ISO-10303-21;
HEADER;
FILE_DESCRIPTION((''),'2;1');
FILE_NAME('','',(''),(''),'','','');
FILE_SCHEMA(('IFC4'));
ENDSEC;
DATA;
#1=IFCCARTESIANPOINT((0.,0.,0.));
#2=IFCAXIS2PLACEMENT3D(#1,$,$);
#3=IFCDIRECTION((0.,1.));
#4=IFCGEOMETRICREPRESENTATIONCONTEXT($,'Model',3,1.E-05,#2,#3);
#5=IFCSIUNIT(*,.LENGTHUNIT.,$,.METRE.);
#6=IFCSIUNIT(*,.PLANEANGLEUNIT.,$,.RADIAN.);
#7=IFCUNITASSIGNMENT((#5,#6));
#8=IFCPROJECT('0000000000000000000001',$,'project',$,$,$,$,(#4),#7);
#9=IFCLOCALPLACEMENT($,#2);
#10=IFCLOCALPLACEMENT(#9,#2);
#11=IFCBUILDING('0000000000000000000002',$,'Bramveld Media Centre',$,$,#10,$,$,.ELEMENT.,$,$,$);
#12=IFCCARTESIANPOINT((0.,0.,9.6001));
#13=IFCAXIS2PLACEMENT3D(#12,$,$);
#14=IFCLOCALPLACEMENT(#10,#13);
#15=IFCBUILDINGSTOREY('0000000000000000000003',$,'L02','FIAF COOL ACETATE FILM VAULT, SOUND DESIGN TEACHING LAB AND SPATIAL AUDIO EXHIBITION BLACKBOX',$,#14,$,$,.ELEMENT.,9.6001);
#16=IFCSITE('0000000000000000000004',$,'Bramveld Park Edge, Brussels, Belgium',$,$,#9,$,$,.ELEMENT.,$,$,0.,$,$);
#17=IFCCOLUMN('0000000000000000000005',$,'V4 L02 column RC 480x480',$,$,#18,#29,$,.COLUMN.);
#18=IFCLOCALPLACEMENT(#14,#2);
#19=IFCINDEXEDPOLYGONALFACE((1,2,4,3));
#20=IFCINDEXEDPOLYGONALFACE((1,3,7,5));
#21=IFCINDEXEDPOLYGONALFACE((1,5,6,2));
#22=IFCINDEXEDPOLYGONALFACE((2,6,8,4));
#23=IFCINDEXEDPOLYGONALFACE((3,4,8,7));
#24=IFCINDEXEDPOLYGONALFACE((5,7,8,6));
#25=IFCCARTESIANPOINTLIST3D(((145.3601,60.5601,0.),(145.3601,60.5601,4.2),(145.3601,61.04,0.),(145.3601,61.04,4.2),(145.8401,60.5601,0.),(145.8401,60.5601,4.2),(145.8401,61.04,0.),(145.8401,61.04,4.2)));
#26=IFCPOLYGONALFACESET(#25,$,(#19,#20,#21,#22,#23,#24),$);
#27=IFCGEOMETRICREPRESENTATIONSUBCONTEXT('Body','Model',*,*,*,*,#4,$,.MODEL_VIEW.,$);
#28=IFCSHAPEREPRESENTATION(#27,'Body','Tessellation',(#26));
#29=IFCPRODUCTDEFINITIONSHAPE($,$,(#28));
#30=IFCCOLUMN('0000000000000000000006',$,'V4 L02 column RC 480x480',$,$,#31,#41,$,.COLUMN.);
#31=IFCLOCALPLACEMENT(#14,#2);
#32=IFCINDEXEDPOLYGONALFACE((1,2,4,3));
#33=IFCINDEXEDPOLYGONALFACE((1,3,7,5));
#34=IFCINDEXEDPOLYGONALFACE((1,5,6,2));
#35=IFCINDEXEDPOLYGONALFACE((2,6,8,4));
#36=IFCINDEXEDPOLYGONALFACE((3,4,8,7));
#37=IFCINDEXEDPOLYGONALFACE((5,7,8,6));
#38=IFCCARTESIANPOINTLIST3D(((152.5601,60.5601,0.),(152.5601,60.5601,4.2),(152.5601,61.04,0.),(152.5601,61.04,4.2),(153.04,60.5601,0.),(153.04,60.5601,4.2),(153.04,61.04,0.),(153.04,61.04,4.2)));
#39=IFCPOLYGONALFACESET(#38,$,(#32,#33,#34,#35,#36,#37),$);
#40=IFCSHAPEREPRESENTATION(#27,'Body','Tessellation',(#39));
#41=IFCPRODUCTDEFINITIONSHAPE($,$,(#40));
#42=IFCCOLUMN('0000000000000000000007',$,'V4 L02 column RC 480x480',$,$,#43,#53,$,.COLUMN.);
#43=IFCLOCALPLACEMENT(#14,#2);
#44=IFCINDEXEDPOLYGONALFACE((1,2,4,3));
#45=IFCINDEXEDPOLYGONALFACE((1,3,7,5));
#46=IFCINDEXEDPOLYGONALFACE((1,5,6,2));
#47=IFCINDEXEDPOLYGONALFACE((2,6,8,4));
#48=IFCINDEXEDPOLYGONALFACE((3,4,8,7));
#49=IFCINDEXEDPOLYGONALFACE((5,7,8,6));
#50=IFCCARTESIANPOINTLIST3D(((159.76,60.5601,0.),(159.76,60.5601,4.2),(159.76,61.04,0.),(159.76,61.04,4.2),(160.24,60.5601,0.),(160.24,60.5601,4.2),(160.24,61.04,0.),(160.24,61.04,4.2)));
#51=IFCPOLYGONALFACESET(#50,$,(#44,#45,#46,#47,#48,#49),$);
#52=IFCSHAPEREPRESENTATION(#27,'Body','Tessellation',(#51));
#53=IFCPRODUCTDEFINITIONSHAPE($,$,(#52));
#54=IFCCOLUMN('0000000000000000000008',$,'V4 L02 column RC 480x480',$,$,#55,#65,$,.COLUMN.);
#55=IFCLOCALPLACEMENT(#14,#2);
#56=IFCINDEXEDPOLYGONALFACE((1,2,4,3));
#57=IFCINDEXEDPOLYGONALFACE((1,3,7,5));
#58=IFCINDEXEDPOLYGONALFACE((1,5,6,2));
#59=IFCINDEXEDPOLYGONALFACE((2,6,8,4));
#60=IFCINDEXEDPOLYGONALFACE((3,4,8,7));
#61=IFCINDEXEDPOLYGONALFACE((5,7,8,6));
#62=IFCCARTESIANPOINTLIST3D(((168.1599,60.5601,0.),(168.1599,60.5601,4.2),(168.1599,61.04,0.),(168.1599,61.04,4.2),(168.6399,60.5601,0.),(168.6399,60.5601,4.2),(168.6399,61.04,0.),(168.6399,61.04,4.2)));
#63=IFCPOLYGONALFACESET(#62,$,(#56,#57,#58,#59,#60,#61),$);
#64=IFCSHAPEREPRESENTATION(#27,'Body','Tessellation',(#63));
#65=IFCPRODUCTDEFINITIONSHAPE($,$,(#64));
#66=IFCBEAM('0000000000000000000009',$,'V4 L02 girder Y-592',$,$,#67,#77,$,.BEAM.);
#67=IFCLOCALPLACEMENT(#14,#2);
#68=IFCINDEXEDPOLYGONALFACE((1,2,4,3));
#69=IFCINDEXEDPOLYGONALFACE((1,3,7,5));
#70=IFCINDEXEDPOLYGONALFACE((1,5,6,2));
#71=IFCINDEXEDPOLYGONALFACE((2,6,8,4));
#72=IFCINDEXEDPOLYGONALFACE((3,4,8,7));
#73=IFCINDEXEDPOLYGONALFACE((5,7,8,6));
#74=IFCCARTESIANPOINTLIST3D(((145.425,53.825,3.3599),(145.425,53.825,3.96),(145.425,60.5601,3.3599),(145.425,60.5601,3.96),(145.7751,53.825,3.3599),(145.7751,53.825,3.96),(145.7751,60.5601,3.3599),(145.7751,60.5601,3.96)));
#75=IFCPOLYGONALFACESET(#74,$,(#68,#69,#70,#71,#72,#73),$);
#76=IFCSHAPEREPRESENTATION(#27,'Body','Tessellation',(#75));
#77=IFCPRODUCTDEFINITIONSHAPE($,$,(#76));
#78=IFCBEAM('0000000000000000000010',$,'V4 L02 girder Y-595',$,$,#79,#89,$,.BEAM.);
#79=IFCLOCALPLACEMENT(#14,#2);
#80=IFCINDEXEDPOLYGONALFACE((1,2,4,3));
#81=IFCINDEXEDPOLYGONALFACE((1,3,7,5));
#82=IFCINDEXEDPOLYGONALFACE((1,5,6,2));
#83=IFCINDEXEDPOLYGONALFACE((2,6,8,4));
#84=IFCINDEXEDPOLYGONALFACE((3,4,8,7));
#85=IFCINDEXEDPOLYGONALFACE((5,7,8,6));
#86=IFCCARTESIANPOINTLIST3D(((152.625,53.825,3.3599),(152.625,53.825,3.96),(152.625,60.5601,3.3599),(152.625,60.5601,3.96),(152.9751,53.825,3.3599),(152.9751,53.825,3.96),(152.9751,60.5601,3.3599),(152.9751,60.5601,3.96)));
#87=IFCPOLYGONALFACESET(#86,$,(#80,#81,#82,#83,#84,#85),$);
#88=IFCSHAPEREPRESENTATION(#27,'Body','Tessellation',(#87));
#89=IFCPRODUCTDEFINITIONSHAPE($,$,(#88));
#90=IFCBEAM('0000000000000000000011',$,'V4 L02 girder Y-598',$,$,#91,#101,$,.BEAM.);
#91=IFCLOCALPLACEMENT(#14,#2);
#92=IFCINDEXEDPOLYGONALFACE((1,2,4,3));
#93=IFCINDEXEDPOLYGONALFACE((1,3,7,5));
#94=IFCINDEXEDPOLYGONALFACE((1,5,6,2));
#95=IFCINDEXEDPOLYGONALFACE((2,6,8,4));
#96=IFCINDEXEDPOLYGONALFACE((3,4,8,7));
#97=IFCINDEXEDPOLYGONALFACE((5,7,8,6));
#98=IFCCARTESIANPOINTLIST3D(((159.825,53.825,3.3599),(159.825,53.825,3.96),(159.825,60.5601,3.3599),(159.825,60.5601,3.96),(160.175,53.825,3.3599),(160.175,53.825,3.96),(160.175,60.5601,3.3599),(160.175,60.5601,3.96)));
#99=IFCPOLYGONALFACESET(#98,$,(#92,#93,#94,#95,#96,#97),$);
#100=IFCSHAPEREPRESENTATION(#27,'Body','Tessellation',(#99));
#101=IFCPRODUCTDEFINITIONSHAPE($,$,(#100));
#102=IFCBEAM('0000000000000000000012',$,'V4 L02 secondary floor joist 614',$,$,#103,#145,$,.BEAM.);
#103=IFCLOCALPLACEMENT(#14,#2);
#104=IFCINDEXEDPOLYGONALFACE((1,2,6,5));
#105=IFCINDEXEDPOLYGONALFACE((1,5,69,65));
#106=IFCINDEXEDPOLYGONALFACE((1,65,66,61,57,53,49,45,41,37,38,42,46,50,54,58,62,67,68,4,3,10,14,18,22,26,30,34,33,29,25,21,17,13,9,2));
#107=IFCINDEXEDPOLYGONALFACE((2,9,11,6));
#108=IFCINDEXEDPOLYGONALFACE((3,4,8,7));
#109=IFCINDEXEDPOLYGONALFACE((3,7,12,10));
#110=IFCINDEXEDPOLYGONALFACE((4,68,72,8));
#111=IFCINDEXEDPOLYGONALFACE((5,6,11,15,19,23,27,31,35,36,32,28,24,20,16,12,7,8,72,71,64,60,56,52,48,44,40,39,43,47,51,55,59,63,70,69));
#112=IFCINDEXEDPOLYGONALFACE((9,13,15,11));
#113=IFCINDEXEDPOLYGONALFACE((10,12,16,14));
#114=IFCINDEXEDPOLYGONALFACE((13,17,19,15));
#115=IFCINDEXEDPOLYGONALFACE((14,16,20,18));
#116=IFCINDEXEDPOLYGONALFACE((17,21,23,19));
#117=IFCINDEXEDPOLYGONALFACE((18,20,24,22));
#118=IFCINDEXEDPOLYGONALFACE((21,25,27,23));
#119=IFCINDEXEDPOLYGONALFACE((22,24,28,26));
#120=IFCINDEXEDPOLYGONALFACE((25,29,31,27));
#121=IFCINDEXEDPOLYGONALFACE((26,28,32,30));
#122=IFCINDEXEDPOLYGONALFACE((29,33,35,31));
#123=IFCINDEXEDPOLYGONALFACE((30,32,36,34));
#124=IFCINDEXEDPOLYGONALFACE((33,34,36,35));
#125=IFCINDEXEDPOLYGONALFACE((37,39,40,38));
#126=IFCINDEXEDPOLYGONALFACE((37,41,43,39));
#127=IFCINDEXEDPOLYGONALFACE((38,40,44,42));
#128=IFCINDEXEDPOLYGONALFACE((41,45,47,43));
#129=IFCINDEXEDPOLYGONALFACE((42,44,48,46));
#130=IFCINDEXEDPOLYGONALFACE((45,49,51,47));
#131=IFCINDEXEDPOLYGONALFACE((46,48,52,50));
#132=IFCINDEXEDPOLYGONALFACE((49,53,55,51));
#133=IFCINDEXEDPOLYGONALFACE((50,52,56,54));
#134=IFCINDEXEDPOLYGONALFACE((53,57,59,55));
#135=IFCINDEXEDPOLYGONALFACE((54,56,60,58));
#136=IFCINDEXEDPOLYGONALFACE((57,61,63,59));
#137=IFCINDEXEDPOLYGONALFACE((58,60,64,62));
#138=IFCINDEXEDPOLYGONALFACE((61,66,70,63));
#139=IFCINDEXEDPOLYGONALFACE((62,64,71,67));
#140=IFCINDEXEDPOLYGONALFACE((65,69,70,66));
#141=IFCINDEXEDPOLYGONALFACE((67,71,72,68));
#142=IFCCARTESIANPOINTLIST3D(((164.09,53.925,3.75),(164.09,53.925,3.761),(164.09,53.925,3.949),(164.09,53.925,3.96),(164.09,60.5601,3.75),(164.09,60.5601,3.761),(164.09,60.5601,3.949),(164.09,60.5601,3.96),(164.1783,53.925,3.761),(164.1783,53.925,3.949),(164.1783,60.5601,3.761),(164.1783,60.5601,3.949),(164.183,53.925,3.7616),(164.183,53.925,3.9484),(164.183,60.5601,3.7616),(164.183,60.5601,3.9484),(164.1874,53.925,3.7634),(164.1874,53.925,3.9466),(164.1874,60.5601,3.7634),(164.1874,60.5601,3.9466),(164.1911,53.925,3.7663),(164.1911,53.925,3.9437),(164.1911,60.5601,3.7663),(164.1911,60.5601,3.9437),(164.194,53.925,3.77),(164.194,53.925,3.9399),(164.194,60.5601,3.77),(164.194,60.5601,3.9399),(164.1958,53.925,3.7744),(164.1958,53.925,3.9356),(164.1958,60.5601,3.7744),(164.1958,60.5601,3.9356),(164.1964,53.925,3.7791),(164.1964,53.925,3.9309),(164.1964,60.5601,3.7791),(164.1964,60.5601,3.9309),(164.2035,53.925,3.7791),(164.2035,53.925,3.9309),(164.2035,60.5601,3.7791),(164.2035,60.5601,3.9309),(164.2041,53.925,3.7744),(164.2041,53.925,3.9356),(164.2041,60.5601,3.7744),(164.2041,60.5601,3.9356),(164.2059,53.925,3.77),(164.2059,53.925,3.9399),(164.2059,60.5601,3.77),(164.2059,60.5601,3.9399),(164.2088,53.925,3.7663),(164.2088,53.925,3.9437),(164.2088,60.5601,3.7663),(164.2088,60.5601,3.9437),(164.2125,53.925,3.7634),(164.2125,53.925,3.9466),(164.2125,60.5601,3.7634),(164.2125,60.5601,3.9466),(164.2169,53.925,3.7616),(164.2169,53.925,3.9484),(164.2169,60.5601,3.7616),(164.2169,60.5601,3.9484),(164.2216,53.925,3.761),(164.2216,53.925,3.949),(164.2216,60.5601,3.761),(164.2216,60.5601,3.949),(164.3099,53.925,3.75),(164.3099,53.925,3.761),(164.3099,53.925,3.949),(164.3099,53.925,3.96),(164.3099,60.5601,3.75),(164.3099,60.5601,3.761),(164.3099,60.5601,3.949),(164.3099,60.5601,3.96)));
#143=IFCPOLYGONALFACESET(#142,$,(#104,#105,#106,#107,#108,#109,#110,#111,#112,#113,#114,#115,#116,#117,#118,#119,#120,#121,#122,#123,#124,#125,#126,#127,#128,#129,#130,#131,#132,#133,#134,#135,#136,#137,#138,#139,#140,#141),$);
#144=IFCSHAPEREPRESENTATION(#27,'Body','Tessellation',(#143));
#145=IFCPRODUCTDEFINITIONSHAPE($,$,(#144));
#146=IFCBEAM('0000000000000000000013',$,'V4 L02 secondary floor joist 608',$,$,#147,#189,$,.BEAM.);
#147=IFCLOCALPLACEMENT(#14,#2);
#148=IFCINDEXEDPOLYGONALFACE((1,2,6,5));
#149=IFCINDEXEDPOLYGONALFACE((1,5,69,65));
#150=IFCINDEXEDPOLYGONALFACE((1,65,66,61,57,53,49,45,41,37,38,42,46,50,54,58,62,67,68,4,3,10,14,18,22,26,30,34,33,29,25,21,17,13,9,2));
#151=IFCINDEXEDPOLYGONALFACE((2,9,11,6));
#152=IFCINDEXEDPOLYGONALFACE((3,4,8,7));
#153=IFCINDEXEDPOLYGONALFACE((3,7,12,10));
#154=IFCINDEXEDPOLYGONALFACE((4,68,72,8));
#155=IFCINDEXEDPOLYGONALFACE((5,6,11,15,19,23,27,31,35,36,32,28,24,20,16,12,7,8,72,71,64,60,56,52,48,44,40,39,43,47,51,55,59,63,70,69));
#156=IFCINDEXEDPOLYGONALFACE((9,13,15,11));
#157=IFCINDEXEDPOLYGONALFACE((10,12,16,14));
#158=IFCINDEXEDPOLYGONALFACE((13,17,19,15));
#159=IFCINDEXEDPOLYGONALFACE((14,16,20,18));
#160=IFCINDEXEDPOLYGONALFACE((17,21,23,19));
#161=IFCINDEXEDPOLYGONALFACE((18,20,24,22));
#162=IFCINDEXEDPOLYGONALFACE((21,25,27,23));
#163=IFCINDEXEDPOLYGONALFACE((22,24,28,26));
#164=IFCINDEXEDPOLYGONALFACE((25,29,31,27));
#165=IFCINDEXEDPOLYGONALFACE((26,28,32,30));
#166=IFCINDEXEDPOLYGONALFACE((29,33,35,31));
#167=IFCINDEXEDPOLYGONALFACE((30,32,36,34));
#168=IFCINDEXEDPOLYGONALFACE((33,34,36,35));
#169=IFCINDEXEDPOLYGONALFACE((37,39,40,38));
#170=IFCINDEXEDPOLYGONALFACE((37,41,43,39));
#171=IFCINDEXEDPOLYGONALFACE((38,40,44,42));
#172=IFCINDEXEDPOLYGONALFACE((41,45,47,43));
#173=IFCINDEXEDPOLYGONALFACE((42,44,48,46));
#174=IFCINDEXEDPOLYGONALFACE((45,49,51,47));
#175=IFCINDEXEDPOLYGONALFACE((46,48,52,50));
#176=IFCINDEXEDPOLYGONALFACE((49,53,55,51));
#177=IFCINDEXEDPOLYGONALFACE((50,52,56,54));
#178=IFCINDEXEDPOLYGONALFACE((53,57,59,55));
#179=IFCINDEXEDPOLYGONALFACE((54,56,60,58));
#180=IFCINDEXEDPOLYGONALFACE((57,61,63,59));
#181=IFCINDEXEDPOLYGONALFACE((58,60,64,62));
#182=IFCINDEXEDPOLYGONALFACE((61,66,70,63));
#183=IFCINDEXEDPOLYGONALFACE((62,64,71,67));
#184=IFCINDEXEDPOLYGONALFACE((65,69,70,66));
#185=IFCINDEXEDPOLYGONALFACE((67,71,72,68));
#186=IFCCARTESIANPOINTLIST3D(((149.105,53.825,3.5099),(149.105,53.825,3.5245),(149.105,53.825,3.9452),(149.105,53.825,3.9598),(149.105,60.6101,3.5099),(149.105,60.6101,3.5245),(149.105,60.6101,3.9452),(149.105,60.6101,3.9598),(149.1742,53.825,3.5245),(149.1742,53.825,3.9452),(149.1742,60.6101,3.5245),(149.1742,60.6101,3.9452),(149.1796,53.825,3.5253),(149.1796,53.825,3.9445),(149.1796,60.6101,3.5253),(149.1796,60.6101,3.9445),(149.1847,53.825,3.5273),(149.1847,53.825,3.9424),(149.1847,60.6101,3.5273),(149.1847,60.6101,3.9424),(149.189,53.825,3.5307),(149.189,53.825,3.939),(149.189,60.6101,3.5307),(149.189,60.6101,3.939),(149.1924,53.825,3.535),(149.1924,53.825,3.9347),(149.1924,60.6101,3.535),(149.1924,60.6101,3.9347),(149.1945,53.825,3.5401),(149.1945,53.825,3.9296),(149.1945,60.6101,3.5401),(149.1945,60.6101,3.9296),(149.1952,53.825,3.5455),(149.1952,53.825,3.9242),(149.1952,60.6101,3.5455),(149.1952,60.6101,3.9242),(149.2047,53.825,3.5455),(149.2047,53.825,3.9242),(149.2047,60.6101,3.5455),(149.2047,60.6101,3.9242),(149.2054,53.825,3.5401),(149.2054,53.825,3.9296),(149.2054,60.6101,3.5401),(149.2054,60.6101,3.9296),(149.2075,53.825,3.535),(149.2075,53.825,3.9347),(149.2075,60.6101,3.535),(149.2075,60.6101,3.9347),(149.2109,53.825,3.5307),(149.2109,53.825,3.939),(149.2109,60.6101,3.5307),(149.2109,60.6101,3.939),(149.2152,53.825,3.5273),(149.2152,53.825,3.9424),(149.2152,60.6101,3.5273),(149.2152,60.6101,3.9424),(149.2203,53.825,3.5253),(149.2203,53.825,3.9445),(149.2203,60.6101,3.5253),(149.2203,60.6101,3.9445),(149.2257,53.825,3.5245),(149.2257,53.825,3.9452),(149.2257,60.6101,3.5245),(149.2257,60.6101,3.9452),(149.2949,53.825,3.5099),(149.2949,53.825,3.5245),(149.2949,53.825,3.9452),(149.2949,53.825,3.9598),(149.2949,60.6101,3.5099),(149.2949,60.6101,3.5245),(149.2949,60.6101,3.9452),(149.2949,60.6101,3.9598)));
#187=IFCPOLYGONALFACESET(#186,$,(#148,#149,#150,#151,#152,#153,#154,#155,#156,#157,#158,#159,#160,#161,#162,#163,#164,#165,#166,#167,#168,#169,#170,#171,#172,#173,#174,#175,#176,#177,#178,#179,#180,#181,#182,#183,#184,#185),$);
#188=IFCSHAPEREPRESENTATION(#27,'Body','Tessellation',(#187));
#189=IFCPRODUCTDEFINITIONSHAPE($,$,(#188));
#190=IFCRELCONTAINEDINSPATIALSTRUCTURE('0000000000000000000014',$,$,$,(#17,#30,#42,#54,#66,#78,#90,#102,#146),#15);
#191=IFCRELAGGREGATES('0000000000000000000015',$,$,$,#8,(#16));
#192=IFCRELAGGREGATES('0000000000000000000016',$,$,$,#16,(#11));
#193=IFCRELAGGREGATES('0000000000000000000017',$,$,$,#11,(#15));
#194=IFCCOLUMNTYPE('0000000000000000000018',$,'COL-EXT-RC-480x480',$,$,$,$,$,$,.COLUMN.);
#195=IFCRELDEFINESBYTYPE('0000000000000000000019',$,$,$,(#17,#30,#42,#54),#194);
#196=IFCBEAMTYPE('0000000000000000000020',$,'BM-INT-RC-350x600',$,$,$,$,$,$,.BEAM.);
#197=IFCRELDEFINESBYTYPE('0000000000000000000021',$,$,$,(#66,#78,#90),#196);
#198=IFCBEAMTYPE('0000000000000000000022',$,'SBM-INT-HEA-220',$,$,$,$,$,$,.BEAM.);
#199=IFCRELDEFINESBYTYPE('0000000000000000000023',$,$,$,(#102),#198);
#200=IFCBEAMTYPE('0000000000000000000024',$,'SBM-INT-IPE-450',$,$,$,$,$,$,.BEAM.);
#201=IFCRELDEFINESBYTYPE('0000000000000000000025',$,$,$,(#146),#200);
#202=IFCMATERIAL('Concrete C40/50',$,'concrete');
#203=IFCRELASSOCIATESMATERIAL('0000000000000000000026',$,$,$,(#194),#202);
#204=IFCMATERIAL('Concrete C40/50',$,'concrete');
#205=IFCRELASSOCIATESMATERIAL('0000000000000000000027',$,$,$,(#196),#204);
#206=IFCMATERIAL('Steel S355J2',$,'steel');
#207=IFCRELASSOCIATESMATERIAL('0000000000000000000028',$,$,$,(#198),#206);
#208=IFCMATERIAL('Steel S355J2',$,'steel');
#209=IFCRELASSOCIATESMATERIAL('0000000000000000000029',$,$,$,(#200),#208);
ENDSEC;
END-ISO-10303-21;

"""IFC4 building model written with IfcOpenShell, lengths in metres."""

from ifc_helpers import new_model, si_unit, direction, frame, origin, origin_2d, place, context, subcontext, project, spatial, rectangle, i_section, extrude, material, material_profile, profile_set, type_object, element, save


model = new_model("IFC4")

# Units and contexts
model_context = context("Model", 3, precision=1e-05, world=origin(), true_north=direction((0.0, 1.0)))
body_context = subcontext(model_context, "Body", "Model", "MODEL_VIEW")
ifc_project = project(units=[si_unit("LENGTHUNIT", "METRE"), si_unit("PLANEANGLEUNIT", "RADIAN")], contexts=[model_context])

# Site, building, storey
site_placement = place(None, origin())
site = spatial("IfcSite", under=ifc_project, at=site_placement, Name="Bramveld Park Edge, Brussels, Belgium", CompositionType="ELEMENT", RefElevation=0.0)
building_placement = place(site_placement, origin())
building = spatial("IfcBuilding", under=site, at=building_placement, Name="Bramveld Media Centre", CompositionType="ELEMENT")
storey_placement = place(building_placement, frame((0.0, 0.0, 9.6001)))
storey = spatial("IfcBuildingStorey", under=building, at=storey_placement, Name="L02", Description="FIAF COOL ACETATE FILM VAULT, SOUND DESIGN TEACHING LAB AND SPATIAL AUDIO EXHIBITION BLACKBOX", CompositionType="ELEMENT", Elevation=9.6001)

# Columns
ifc_material_1 = material(Name="Concrete C40/50", Category="concrete")
ifc_material_profile_1 = material_profile(ifc_material_1, rectangle(XDim=0.48, YDim=0.48, at=origin_2d()), Name="RC 480x480")
ifc_profile_set_1 = profile_set([ifc_material_profile_1], Name="Concrete C40/50")
column_type = type_object("IfcColumnType", Name="COL-EXT-RC-480x480", PredefinedType="COLUMN", material=ifc_profile_set_1)
for number, where, z_axis, x_axis, name in (
    (1, (145.6001, 60.8, 0.0), (0.0, 0.0, 1.0), (1.0, 0.0, 0.0), "V4 L02 column RC 480x480"),
    (2, (152.8, 60.8, 0.0), (0.0, 0.0, 1.0), (1.0, 0.0, 0.0), "V4 L02 column RC 480x480"),
    (3, (160.0, 60.8, 0.0), (0.0, 0.0, 1.0), (1.0, 0.0, 0.0), "V4 L02 column RC 480x480"),
    (4, (168.3999, 60.8, 0.0), (0.0, 0.0, 1.0), (1.0, 0.0, 0.0), "V4 L02 column RC 480x480"),
):
    element("IfcColumn", number, at=place(storey_placement, frame(where, z_axis=z_axis, x_axis=x_axis)), inside=storey, type_object=column_type, Name=name, PredefinedType="COLUMN", context=body_context, shape_type="SweptSolid", body=[
        extrude(rectangle(XDim=0.48, YDim=0.48, at=origin_2d()), origin(), (0.0, 0.0, 1.0), 4.2),
    ])

# Beams
ifc_material_2 = material(Name="Concrete C40/50", Category="concrete")
ifc_material_profile_2 = material_profile(ifc_material_2, rectangle(XDim=0.3501, YDim=0.6001, at=origin_2d()), Name="RC 350x600")
ifc_profile_set_2 = profile_set([ifc_material_profile_2], Name="Concrete C40/50")
beam_type_1 = type_object("IfcBeamType", Name="BM-INT-RC-350x600", PredefinedType="BEAM", material=ifc_profile_set_2)
for number, where, z_axis, x_axis, name in (
    (5, (145.6001, 53.825, 3.6599), (0.0, 1.0, 0.0), (-1.0, 0.0, 0.0), "V4 L02 girder Y-592"),
    (6, (152.8, 53.825, 3.6599), (0.0, 1.0, 0.0), (-1.0, 0.0, 0.0), "V4 L02 girder Y-595"),
    (7, (160.0, 53.825, 3.6599), (0.0, 1.0, 0.0), (-1.0, 0.0, 0.0), "V4 L02 girder Y-598"),
):
    element("IfcBeam", number, at=place(storey_placement, frame(where, z_axis=z_axis, x_axis=x_axis)), inside=storey, type_object=beam_type_1, Name=name, PredefinedType="BEAM", context=body_context, shape_type="SweptSolid", body=[
        extrude(rectangle(XDim=0.3501, YDim=0.6001, at=origin_2d()), origin(), (0.0, 0.0, 1.0), 6.7351),
    ])
ifc_material_3 = material(Name="Steel S355J2", Category="steel")
ifc_material_profile_3 = material_profile(ifc_material_3, i_section(OverallWidth=0.22, OverallDepth=0.21, WebThickness=0.0071, FlangeThickness=0.011, FilletRadius=0.0181, at=origin_2d()), Name="HEA 220")
ifc_profile_set_3 = profile_set([ifc_material_profile_3], Name="Steel S355J2")
beam_type_2 = type_object("IfcBeamType", Name="SBM-INT-HEA-220", PredefinedType="BEAM", material=ifc_profile_set_3)
beam_1_placement = place(storey_placement, frame((164.2, 53.925, 3.855), z_axis=(0.0, 1.0, 0.0), x_axis=(-1.0, 0.0, 0.0)))
element("IfcBeam", 8, at=beam_1_placement, inside=storey, type_object=beam_type_2, Name="V4 L02 secondary floor joist 614", PredefinedType="BEAM", context=body_context, shape_type="SweptSolid", body=[
    extrude(i_section(OverallWidth=0.22, OverallDepth=0.21, WebThickness=0.0071, FlangeThickness=0.011, FilletRadius=0.0181, at=origin_2d()), origin(), (0.0, 0.0, 1.0), 6.635),
])
ifc_material_4 = material(Name="Steel S355J2", Category="steel")
ifc_material_profile_4 = material_profile(ifc_material_4, i_section(OverallWidth=0.1899, OverallDepth=0.45, WebThickness=0.0095, FlangeThickness=0.0146, FilletRadius=0.021, at=origin_2d()), Name="IPE 450")
ifc_profile_set_4 = profile_set([ifc_material_profile_4], Name="Steel S355J2")
beam_type_3 = type_object("IfcBeamType", Name="SBM-INT-IPE-450", PredefinedType="BEAM", material=ifc_profile_set_4)
beam_2_placement = place(storey_placement, frame((149.2, 53.825, 3.7349), z_axis=(0.0, 1.0, 0.0), x_axis=(-1.0, 0.0, 0.0)))
element("IfcBeam", 9, at=beam_2_placement, inside=storey, type_object=beam_type_3, Name="V4 L02 secondary floor joist 608", PredefinedType="BEAM", context=body_context, shape_type="SweptSolid", body=[
    extrude(i_section(OverallWidth=0.1899, OverallDepth=0.45, WebThickness=0.0095, FlangeThickness=0.0146, FilletRadius=0.021, at=origin_2d()), origin(), (0.0, 0.0, 1.0), 6.7852),
])

save(model, "model.ifc")
